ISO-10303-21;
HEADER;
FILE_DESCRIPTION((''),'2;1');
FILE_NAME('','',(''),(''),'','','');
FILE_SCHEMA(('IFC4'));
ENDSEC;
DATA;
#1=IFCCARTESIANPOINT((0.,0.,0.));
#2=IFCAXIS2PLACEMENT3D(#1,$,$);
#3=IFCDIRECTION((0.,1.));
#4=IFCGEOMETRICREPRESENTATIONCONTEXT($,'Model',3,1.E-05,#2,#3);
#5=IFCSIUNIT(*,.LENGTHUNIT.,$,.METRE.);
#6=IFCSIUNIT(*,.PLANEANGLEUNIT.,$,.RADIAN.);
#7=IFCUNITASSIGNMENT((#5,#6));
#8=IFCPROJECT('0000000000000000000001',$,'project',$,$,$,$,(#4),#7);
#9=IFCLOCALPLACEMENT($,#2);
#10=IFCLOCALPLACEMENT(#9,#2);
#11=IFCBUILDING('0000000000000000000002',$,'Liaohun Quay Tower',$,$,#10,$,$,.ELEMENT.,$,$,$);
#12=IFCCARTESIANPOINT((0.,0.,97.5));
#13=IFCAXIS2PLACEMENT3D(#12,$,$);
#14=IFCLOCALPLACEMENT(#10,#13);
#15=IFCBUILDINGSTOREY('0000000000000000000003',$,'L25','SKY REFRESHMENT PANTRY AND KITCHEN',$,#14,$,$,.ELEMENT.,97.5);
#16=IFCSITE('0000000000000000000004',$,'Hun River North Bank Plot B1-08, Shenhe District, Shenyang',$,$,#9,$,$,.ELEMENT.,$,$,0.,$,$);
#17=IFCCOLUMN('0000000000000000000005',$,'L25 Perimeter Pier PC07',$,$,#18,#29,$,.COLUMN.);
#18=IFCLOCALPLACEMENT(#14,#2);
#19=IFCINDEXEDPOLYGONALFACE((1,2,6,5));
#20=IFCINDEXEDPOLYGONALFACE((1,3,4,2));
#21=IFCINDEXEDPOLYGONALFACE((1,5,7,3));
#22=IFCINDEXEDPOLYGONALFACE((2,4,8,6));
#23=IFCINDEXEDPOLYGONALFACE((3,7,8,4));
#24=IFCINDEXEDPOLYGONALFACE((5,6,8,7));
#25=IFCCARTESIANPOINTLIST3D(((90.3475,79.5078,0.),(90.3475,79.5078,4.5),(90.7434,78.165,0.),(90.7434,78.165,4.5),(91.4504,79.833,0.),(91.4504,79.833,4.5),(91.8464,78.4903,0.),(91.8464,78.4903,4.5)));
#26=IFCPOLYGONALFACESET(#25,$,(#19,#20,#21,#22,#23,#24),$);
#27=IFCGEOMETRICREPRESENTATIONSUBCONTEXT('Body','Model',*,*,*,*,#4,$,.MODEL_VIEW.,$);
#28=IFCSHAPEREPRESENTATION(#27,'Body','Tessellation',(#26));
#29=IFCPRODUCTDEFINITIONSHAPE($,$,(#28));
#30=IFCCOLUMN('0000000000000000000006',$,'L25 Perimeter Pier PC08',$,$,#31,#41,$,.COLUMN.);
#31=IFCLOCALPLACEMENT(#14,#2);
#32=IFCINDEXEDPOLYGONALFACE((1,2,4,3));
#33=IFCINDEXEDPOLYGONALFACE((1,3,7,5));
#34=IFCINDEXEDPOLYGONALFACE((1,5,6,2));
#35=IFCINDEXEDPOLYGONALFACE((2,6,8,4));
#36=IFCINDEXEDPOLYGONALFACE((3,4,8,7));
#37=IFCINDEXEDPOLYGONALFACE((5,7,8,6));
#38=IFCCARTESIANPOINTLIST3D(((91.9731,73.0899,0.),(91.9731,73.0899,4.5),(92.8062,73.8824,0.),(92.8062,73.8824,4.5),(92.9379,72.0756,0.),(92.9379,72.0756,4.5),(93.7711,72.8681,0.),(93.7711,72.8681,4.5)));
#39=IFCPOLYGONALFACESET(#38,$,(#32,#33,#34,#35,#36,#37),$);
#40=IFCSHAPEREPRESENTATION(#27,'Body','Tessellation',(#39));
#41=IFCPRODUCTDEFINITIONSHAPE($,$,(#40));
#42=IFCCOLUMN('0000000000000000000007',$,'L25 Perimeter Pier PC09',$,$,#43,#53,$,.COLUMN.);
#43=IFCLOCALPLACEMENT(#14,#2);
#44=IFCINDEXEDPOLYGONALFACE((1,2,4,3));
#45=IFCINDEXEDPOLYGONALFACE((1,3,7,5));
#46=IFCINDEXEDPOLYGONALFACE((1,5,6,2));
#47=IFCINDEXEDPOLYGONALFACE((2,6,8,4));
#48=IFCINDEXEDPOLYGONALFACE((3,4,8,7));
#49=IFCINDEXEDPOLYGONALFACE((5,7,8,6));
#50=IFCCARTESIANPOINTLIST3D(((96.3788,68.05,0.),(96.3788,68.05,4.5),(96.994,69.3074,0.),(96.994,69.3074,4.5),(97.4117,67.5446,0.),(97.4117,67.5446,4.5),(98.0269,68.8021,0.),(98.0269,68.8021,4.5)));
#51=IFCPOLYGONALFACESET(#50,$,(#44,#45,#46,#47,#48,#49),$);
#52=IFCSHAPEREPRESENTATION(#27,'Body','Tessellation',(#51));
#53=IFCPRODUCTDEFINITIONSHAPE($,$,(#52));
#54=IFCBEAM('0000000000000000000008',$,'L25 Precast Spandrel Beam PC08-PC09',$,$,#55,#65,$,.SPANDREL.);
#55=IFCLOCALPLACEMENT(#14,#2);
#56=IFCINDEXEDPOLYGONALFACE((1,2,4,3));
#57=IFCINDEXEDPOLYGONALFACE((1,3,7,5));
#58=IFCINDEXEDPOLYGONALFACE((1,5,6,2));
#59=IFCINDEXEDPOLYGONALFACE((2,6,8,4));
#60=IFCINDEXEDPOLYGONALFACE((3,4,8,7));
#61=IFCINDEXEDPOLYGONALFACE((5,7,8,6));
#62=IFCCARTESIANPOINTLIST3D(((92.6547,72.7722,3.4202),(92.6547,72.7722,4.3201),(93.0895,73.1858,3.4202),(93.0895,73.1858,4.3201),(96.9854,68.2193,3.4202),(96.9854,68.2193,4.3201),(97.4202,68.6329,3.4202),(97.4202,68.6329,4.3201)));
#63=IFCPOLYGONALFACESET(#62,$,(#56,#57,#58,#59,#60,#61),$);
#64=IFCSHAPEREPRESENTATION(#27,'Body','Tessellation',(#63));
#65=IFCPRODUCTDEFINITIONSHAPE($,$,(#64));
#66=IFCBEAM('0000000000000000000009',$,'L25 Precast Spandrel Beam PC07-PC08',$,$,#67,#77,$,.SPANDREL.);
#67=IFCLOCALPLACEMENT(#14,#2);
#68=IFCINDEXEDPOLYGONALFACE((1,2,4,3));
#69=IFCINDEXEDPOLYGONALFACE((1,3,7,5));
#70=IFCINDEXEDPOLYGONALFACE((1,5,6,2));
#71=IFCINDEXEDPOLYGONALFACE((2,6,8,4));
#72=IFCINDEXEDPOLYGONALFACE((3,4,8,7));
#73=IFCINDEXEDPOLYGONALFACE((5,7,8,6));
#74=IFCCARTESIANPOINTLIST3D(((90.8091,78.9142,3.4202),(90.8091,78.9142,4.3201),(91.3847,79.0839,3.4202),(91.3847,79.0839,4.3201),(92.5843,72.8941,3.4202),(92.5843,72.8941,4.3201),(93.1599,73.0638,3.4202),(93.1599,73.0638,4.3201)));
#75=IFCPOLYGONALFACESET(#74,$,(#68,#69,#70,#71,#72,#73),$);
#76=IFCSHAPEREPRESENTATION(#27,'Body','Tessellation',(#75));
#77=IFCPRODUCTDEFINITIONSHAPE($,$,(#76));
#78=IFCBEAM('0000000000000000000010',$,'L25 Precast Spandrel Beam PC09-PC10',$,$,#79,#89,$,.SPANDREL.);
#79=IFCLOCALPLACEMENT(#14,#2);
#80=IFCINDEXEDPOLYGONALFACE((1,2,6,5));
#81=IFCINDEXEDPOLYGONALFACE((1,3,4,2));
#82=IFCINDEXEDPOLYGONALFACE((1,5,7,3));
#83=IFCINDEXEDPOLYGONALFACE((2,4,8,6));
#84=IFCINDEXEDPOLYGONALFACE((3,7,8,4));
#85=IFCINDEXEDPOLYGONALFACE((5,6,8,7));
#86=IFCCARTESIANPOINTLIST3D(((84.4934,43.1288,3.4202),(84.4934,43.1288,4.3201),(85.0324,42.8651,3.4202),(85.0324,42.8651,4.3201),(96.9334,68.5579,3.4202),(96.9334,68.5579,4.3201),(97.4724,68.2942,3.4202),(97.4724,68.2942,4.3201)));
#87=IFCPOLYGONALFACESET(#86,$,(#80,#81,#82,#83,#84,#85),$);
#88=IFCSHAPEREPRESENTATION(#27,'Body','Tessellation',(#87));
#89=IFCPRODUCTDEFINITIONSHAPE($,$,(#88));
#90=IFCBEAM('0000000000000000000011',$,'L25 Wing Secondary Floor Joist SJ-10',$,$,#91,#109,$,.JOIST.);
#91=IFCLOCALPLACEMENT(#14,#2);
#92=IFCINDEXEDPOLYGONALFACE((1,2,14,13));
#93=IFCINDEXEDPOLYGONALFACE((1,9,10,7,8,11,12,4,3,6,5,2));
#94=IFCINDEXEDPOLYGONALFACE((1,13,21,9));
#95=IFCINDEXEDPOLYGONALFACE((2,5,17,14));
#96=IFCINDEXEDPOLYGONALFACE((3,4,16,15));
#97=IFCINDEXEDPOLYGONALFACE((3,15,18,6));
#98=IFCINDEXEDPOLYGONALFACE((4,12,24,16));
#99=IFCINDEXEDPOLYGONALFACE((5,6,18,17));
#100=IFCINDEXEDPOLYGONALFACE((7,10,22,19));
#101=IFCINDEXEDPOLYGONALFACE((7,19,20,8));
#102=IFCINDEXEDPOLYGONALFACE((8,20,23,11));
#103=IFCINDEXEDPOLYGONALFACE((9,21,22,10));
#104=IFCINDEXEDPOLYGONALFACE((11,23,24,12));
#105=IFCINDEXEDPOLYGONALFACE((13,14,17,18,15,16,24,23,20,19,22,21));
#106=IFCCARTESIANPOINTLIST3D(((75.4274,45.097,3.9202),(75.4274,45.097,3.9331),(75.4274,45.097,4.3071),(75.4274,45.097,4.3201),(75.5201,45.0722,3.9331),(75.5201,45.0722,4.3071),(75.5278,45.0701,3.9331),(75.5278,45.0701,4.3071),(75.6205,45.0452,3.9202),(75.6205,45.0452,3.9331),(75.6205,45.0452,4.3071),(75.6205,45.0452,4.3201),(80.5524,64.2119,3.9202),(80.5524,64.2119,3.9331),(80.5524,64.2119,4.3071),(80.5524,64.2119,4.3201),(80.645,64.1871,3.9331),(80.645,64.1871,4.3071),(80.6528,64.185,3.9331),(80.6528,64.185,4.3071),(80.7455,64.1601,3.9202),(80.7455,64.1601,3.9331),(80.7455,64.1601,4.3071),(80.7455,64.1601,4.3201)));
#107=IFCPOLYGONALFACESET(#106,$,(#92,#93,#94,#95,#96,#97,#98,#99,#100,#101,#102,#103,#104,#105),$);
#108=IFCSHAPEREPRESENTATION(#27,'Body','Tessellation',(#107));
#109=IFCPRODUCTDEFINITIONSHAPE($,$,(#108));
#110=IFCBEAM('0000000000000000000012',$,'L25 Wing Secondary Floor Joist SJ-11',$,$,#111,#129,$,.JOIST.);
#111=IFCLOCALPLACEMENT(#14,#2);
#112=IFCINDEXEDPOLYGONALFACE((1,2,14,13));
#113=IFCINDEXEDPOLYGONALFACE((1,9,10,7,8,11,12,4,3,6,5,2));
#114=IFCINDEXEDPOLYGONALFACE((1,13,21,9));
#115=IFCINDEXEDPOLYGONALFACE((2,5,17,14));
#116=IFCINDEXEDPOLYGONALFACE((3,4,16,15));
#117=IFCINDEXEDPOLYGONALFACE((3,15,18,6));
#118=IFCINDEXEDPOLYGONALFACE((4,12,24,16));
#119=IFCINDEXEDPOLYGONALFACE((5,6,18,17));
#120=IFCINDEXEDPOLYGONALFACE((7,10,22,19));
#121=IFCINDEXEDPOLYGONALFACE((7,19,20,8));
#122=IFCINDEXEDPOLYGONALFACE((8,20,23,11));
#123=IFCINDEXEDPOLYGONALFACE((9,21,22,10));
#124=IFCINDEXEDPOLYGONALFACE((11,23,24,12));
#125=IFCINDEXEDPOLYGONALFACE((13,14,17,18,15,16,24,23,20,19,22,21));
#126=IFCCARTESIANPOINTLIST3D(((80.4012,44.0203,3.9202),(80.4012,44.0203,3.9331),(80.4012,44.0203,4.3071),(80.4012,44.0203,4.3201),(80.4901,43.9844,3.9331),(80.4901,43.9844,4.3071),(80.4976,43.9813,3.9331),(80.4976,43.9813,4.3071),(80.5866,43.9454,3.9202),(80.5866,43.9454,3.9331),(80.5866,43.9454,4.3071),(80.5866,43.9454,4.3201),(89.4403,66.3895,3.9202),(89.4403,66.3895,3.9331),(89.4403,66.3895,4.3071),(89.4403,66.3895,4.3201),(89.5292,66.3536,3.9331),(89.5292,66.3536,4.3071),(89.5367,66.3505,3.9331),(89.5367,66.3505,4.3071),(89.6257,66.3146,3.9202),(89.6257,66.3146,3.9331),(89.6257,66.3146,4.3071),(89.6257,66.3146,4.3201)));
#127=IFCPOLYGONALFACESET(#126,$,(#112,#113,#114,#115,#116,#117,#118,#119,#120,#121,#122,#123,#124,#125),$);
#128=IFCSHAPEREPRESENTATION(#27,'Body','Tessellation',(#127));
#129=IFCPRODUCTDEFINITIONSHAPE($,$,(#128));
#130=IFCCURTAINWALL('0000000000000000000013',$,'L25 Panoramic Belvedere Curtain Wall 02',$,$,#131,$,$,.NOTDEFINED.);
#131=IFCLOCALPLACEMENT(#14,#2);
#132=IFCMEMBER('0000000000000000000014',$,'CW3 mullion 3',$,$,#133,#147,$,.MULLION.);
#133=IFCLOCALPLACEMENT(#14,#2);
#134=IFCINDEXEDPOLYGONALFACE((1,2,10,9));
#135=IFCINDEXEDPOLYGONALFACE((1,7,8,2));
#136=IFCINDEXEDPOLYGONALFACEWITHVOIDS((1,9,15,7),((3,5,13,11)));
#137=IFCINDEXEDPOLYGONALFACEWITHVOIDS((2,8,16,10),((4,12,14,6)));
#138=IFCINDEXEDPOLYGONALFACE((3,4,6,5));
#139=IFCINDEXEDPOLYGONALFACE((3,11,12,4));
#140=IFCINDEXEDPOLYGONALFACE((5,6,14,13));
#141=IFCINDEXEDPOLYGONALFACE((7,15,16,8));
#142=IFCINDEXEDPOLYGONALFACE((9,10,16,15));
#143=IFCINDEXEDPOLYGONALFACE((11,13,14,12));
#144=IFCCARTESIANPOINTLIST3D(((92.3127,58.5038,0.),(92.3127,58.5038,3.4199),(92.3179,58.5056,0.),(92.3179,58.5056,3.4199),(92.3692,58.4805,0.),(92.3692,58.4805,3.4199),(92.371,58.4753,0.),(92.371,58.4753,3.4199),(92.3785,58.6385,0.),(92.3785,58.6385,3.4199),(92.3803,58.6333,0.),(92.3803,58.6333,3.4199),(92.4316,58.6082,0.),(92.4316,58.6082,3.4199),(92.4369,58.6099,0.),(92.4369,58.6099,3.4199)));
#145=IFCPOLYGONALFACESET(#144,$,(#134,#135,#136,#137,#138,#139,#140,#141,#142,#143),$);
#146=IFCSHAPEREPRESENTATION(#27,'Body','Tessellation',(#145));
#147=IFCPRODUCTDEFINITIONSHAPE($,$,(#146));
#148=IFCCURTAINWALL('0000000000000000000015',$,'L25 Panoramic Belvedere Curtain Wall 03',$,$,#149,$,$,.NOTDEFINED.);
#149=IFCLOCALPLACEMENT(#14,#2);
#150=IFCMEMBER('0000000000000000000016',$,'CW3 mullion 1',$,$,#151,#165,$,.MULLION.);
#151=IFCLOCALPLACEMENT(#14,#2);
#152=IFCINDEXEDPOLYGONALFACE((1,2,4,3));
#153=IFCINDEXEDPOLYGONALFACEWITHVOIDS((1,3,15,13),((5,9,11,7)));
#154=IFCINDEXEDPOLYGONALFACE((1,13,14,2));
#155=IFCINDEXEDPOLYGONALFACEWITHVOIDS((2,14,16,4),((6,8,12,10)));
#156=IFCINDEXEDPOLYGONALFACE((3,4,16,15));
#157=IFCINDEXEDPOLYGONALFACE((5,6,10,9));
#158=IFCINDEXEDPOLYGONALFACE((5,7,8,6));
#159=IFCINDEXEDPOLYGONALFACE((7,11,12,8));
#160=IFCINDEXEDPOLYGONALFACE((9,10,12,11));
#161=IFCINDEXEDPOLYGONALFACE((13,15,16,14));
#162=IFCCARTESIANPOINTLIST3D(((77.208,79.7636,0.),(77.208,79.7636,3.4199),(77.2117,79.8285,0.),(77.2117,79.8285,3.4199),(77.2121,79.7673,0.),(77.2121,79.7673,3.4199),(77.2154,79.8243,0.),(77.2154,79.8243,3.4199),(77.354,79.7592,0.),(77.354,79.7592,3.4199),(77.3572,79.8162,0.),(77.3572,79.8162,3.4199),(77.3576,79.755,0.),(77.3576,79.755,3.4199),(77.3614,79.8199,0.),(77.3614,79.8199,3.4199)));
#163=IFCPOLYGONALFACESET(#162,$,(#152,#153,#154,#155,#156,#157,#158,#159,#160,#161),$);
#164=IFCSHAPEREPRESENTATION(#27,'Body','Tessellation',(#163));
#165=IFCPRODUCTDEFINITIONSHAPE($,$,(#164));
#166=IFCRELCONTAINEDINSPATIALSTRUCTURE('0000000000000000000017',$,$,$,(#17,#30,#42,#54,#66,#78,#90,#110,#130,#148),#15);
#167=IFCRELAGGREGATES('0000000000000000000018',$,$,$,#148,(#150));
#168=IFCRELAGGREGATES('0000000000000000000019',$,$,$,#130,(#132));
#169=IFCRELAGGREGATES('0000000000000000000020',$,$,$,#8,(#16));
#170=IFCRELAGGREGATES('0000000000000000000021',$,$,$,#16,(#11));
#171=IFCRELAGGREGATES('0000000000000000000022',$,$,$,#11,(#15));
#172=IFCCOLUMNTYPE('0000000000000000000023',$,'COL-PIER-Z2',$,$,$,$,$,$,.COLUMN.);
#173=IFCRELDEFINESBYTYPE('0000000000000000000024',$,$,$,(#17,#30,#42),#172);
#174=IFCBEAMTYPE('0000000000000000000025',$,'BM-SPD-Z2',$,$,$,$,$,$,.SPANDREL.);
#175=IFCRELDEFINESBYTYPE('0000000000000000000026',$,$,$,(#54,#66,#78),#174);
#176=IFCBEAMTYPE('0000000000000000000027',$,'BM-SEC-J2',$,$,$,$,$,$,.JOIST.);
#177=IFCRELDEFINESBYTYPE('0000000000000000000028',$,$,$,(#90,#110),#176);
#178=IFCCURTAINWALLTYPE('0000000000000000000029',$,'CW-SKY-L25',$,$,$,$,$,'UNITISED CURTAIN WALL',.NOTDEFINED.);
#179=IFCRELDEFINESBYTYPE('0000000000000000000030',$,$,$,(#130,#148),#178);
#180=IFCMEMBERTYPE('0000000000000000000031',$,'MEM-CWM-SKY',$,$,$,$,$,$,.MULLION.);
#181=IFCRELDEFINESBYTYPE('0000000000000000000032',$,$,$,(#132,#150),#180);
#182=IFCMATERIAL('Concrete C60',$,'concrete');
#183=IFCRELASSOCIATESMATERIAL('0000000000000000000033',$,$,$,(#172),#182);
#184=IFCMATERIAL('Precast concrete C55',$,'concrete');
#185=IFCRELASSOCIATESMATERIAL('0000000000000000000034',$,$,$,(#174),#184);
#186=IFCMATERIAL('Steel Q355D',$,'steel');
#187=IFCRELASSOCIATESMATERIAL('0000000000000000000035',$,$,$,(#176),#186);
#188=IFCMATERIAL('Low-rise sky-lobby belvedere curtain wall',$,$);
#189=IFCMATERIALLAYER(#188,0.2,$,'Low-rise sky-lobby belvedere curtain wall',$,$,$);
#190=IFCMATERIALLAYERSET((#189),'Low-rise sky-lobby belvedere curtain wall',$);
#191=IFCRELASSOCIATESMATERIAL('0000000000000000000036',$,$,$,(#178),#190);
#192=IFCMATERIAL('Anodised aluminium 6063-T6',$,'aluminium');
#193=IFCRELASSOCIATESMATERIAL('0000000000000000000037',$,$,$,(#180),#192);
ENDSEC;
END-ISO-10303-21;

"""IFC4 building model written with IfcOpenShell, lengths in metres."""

from ifc_helpers import new_model, si_unit, direction, frame, origin, origin_2d, place, context, subcontext, project, spatial, rectangle, hollow_rectangle, i_section, extrude, source, transform, mapped, material, layer, layer_set, material_profile, profile_set, type_object, element, aggregate, save


model = new_model("IFC4")

# Units and contexts
model_context = context("Model", 3, precision=1e-05, world=origin(), true_north=direction((0.0, 1.0)))
body_context = subcontext(model_context, "Body", "Model", "MODEL_VIEW")
ifc_project = project(units=[si_unit("LENGTHUNIT", "METRE"), si_unit("PLANEANGLEUNIT", "RADIAN")], contexts=[model_context])

# Site, building, storey
site_placement = place(None, origin())
site = spatial("IfcSite", under=ifc_project, at=site_placement, Name="Hun River North Bank Plot B1-08, Shenhe District, Shenyang", CompositionType="ELEMENT", RefElevation=0.0)
building_placement = place(site_placement, origin())
building = spatial("IfcBuilding", under=site, at=building_placement, Name="Liaohun Quay Tower", CompositionType="ELEMENT")
storey_placement = place(building_placement, frame((0.0, 0.0, 97.5)))
storey = spatial("IfcBuildingStorey", under=building, at=storey_placement, Name="L25", Description="SKY REFRESHMENT PANTRY AND KITCHEN", CompositionType="ELEMENT", Elevation=97.5)

# Columns
ifc_material_1 = material(Name="Concrete C60", Category="concrete")
ifc_material_profile_1 = material_profile(ifc_material_1, rectangle(XDim=1.3999, YDim=1.1499, at=origin_2d()), Name="RC1400x1150")
ifc_profile_set_1 = profile_set([ifc_material_profile_1], Name="Concrete C60")
column_type = type_object("IfcColumnType", Name="COL-PIER-Z2", PredefinedType="COLUMN", material=ifc_profile_set_1)
shared_shape_1 = source(origin(), body_context, "Body", "SweptSolid", [
    extrude(rectangle(XDim=1.3999, YDim=1.1499, at=origin_2d()), origin(), (0.0, 0.0, 1.0), 4.5),
])
for number, where, z_axis, x_axis, name in (
    (1, (91.0969, 78.999, 0.0), (0.0, 0.0, 1.0), (-0.282844, 0.959166, 0.0), "L25 Perimeter Pier PC07"),
    (2, (92.8721, 72.979, 0.0), (0.0, 0.0, 1.0), (-0.68924, 0.724533, 0.0), "L25 Perimeter Pier PC08"),
    (3, (97.2029, 68.426, 0.0), (0.0, 0.0, 1.0), (0.439469, 0.898258, 0.0), "L25 Perimeter Pier PC09"),
):
    element("IfcColumn", number, at=place(storey_placement, frame(where, z_axis=z_axis, x_axis=x_axis)), inside=storey, type_object=column_type, Name=name, PredefinedType="COLUMN", context=body_context, shape_type="MappedRepresentation", body=[
        mapped(shared_shape_1, transform((0.0, 0.0, 0.0), x_axis=(1.0, 0.0, 0.0), y_axis=(0.0, 1.0, 0.0), z_axis=(0.0, 0.0, 1.0), scale=1.0)),
    ])

# Beams
ifc_material_2 = material(Name="Precast concrete C55", Category="concrete")
ifc_material_profile_2 = material_profile(ifc_material_2, rectangle(XDim=0.6001, YDim=0.8999, at=origin_2d()), Name="RC600x900")
ifc_profile_set_2 = profile_set([ifc_material_profile_2], Name="Precast concrete C55")
beam_type_1 = type_object("IfcBeamType", Name="BM-SPD-Z2", PredefinedType="SPANDREL", material=ifc_profile_set_2)
shared_shape_2 = source(origin(), body_context, "Body", "SweptSolid", [
    extrude(rectangle(XDim=0.6001, YDim=0.8999, at=origin_2d()), origin(), (0.0, 0.0, 1.0), 6.2837),
])
beam_1_placement = place(storey_placement, frame((92.8721, 72.979, 3.8701), z_axis=(0.689208, -0.724564, 0.0), x_axis=(0.724564, 0.689208, 0.0)))
element("IfcBeam", 4, at=beam_1_placement, inside=storey, type_object=beam_type_1, Name="L25 Precast Spandrel Beam PC08-PC09", PredefinedType="SPANDREL", context=body_context, shape_type="MappedRepresentation", body=[
    mapped(shared_shape_2, transform((0.0, 0.0, 0.0), x_axis=(1.0, 0.0, 0.0), y_axis=(0.0, 1.0, 0.0), z_axis=(0.0, 0.0, 1.0), scale=1.0)),
])
shared_shape_3 = source(origin(), body_context, "Body", "SweptSolid", [
    extrude(rectangle(XDim=0.6001, YDim=0.8999, at=origin_2d()), origin(), (0.0, 0.0, 1.0), 6.2764),
])
beam_2_placement = place(storey_placement, frame((91.0969, 78.999, 3.8701), z_axis=(0.282834, -0.959169, 0.0), x_axis=(0.959169, 0.282834, 0.0)))
element("IfcBeam", 5, at=beam_2_placement, inside=storey, type_object=beam_type_1, Name="L25 Precast Spandrel Beam PC07-PC08", PredefinedType="SPANDREL", context=body_context, shape_type="MappedRepresentation", body=[
    mapped(shared_shape_3, transform((0.0, 0.0, 0.0), x_axis=(1.0, 0.0, 0.0), y_axis=(0.0, 1.0, 0.0), z_axis=(0.0, 0.0, 1.0), scale=1.0)),
])
shared_shape_4 = source(origin(), body_context, "Body", "SweptSolid", [
    extrude(rectangle(XDim=0.6001, YDim=0.8999, at=origin_2d()), origin(), (0.0, 0.0, 1.0), 28.3088),
])
beam_3_placement = place(storey_placement, frame((97.2029, 68.426, 3.8701), z_axis=(-0.439438, -0.898273, 0.0), x_axis=(0.898273, -0.439438, 0.0)))
element("IfcBeam", 6, at=beam_3_placement, inside=storey, type_object=beam_type_1, Name="L25 Precast Spandrel Beam PC09-PC10", PredefinedType="SPANDREL", context=body_context, shape_type="MappedRepresentation", body=[
    mapped(shared_shape_4, transform((0.0, 0.0, 0.0), x_axis=(1.0, 0.0, 0.0), y_axis=(0.0, 1.0, 0.0), z_axis=(0.0, 0.0, 1.0), scale=1.0)),
])
ifc_material_3 = material(Name="Steel Q355D", Category="steel")
ifc_material_profile_3 = material_profile(ifc_material_3, i_section(OverallWidth=0.2, OverallDepth=0.3999, WebThickness=0.0081, FlangeThickness=0.0129, at=origin_2d()), Name="HN400x200x8x13")
ifc_profile_set_3 = profile_set([ifc_material_profile_3], Name="Steel Q355D")
beam_type_2 = type_object("IfcBeamType", Name="BM-SEC-J2", PredefinedType="JOIST", material=ifc_profile_set_3)
shared_shape_5 = source(origin(), body_context, "Body", "SweptSolid", [
    extrude(i_section(OverallWidth=0.2, OverallDepth=0.3999, WebThickness=0.0081, FlangeThickness=0.0129, at=origin_2d()), origin(), (0.0, 0.0, 1.0), 19.79),
])
beam_4_placement = place(storey_placement, frame((80.6489, 64.186, 4.1201), z_axis=(-0.258968, -0.965886, 0.0), x_axis=(0.965886, -0.258968, 0.0)))
element("IfcBeam", 7, at=beam_4_placement, inside=storey, type_object=beam_type_2, Name="L25 Wing Secondary Floor Joist SJ-10", PredefinedType="JOIST", context=body_context, shape_type="MappedRepresentation", body=[
    mapped(shared_shape_5, transform((0.0, 0.0, 0.0), x_axis=(1.0, 0.0, 0.0), y_axis=(0.0, 1.0, 0.0), z_axis=(0.0, 0.0, 1.0), scale=1.0)),
])
shared_shape_6 = source(origin(), body_context, "Body", "SweptSolid", [
    extrude(i_section(OverallWidth=0.2, OverallDepth=0.3999, WebThickness=0.0081, FlangeThickness=0.0129, at=origin_2d()), origin(), (0.0, 0.0, 1.0), 24.1265),
])
beam_5_placement = place(storey_placement, frame((89.533, 66.3521, 4.1201), z_axis=(-0.374654, -0.927165, 0.0), x_axis=(0.927165, -0.374654, 0.0)))
element("IfcBeam", 8, at=beam_5_placement, inside=storey, type_object=beam_type_2, Name="L25 Wing Secondary Floor Joist SJ-11", PredefinedType="JOIST", context=body_context, shape_type="MappedRepresentation", body=[
    mapped(shared_shape_6, transform((0.0, 0.0, 0.0), x_axis=(1.0, 0.0, 0.0), y_axis=(0.0, 1.0, 0.0), z_axis=(0.0, 0.0, 1.0), scale=1.0)),
])

# Curtain walls, members
ifc_material_4 = material(Name="Low-rise sky-lobby belvedere curtain wall")
ifc_layer_1 = layer(ifc_material_4, 0.2, Name="Low-rise sky-lobby belvedere curtain wall")
ifc_layer_set_1 = layer_set([ifc_layer_1], Name="Low-rise sky-lobby belvedere curtain wall")
curtain_wall_type = type_object("IfcCurtainWallType", Name="CW-SKY-L25", ElementType="UNITISED CURTAIN WALL", PredefinedType="NOTDEFINED", material=ifc_layer_set_1)
curtain_wall_1_placement = place(storey_placement, origin())
curtain_wall_1 = element("IfcCurtainWall", 9, at=curtain_wall_1_placement, inside=storey, type_object=curtain_wall_type, Name="L25 Panoramic Belvedere Curtain Wall 02", PredefinedType="NOTDEFINED")
ifc_material_5 = material(Name="Anodised aluminium 6063-T6", Category="aluminium")
ifc_material_profile_4 = material_profile(ifc_material_5, hollow_rectangle(XDim=0.0649, YDim=0.1499, WallThickness=0.0039, at=origin_2d()), Name="RHS150x65x4")
ifc_profile_set_4 = profile_set([ifc_material_profile_4], Name="Anodised aluminium 6063-T6")
member_type_1 = type_object("IfcMemberType", Name="MEM-CWM-SKY", PredefinedType="MULLION", material=ifc_profile_set_4)
shared_shape_7 = source(origin(), body_context, "Body", "SweptSolid", [
    extrude(hollow_rectangle(XDim=0.0649, YDim=0.1499, WallThickness=0.0039, at=origin_2d()), origin(), (0.0, 0.0, 1.0), 3.4199),
])
member_1_placement = place(storey_placement, frame((92.3748, 58.5569, 0.0), z_axis=(0.0, 0.0, 1.0), x_axis=(-0.898299, 0.439384, 0.0)))
member_1 = element("IfcMember", 10, at=member_1_placement, type_object=member_type_1, Name="CW3 mullion 3", PredefinedType="MULLION", context=body_context, shape_type="MappedRepresentation", body=[
    mapped(shared_shape_7, transform((0.0, 0.0, 0.0), x_axis=(1.0, 0.0, 0.0), y_axis=(0.0, 1.0, 0.0), z_axis=(0.0, 0.0, 1.0), scale=1.0)),
])
curtain_wall_2_placement = place(storey_placement, origin())
curtain_wall_2 = element("IfcCurtainWall", 11, at=curtain_wall_2_placement, inside=storey, type_object=curtain_wall_type, Name="L25 Panoramic Belvedere Curtain Wall 03", PredefinedType="NOTDEFINED")
member_2_placement = place(storey_placement, frame((77.2847, 79.7917, 0.0), z_axis=(0.0, 0.0, 1.0), x_axis=(-0.057192, -0.998363, 0.0)))
member_2 = element("IfcMember", 12, at=member_2_placement, type_object=member_type_1, Name="CW3 mullion 1", PredefinedType="MULLION", context=body_context, shape_type="MappedRepresentation", body=[
    mapped(shared_shape_7, transform((0.0, 0.0, 0.0), x_axis=(1.0, 0.0, 0.0), y_axis=(0.0, 1.0, 0.0), z_axis=(0.0, 0.0, 1.0), scale=1.0)),
])
aggregate(curtain_wall_2, [member_2])

aggregate(curtain_wall_1, [member_1])

save(model, "model.ifc")
